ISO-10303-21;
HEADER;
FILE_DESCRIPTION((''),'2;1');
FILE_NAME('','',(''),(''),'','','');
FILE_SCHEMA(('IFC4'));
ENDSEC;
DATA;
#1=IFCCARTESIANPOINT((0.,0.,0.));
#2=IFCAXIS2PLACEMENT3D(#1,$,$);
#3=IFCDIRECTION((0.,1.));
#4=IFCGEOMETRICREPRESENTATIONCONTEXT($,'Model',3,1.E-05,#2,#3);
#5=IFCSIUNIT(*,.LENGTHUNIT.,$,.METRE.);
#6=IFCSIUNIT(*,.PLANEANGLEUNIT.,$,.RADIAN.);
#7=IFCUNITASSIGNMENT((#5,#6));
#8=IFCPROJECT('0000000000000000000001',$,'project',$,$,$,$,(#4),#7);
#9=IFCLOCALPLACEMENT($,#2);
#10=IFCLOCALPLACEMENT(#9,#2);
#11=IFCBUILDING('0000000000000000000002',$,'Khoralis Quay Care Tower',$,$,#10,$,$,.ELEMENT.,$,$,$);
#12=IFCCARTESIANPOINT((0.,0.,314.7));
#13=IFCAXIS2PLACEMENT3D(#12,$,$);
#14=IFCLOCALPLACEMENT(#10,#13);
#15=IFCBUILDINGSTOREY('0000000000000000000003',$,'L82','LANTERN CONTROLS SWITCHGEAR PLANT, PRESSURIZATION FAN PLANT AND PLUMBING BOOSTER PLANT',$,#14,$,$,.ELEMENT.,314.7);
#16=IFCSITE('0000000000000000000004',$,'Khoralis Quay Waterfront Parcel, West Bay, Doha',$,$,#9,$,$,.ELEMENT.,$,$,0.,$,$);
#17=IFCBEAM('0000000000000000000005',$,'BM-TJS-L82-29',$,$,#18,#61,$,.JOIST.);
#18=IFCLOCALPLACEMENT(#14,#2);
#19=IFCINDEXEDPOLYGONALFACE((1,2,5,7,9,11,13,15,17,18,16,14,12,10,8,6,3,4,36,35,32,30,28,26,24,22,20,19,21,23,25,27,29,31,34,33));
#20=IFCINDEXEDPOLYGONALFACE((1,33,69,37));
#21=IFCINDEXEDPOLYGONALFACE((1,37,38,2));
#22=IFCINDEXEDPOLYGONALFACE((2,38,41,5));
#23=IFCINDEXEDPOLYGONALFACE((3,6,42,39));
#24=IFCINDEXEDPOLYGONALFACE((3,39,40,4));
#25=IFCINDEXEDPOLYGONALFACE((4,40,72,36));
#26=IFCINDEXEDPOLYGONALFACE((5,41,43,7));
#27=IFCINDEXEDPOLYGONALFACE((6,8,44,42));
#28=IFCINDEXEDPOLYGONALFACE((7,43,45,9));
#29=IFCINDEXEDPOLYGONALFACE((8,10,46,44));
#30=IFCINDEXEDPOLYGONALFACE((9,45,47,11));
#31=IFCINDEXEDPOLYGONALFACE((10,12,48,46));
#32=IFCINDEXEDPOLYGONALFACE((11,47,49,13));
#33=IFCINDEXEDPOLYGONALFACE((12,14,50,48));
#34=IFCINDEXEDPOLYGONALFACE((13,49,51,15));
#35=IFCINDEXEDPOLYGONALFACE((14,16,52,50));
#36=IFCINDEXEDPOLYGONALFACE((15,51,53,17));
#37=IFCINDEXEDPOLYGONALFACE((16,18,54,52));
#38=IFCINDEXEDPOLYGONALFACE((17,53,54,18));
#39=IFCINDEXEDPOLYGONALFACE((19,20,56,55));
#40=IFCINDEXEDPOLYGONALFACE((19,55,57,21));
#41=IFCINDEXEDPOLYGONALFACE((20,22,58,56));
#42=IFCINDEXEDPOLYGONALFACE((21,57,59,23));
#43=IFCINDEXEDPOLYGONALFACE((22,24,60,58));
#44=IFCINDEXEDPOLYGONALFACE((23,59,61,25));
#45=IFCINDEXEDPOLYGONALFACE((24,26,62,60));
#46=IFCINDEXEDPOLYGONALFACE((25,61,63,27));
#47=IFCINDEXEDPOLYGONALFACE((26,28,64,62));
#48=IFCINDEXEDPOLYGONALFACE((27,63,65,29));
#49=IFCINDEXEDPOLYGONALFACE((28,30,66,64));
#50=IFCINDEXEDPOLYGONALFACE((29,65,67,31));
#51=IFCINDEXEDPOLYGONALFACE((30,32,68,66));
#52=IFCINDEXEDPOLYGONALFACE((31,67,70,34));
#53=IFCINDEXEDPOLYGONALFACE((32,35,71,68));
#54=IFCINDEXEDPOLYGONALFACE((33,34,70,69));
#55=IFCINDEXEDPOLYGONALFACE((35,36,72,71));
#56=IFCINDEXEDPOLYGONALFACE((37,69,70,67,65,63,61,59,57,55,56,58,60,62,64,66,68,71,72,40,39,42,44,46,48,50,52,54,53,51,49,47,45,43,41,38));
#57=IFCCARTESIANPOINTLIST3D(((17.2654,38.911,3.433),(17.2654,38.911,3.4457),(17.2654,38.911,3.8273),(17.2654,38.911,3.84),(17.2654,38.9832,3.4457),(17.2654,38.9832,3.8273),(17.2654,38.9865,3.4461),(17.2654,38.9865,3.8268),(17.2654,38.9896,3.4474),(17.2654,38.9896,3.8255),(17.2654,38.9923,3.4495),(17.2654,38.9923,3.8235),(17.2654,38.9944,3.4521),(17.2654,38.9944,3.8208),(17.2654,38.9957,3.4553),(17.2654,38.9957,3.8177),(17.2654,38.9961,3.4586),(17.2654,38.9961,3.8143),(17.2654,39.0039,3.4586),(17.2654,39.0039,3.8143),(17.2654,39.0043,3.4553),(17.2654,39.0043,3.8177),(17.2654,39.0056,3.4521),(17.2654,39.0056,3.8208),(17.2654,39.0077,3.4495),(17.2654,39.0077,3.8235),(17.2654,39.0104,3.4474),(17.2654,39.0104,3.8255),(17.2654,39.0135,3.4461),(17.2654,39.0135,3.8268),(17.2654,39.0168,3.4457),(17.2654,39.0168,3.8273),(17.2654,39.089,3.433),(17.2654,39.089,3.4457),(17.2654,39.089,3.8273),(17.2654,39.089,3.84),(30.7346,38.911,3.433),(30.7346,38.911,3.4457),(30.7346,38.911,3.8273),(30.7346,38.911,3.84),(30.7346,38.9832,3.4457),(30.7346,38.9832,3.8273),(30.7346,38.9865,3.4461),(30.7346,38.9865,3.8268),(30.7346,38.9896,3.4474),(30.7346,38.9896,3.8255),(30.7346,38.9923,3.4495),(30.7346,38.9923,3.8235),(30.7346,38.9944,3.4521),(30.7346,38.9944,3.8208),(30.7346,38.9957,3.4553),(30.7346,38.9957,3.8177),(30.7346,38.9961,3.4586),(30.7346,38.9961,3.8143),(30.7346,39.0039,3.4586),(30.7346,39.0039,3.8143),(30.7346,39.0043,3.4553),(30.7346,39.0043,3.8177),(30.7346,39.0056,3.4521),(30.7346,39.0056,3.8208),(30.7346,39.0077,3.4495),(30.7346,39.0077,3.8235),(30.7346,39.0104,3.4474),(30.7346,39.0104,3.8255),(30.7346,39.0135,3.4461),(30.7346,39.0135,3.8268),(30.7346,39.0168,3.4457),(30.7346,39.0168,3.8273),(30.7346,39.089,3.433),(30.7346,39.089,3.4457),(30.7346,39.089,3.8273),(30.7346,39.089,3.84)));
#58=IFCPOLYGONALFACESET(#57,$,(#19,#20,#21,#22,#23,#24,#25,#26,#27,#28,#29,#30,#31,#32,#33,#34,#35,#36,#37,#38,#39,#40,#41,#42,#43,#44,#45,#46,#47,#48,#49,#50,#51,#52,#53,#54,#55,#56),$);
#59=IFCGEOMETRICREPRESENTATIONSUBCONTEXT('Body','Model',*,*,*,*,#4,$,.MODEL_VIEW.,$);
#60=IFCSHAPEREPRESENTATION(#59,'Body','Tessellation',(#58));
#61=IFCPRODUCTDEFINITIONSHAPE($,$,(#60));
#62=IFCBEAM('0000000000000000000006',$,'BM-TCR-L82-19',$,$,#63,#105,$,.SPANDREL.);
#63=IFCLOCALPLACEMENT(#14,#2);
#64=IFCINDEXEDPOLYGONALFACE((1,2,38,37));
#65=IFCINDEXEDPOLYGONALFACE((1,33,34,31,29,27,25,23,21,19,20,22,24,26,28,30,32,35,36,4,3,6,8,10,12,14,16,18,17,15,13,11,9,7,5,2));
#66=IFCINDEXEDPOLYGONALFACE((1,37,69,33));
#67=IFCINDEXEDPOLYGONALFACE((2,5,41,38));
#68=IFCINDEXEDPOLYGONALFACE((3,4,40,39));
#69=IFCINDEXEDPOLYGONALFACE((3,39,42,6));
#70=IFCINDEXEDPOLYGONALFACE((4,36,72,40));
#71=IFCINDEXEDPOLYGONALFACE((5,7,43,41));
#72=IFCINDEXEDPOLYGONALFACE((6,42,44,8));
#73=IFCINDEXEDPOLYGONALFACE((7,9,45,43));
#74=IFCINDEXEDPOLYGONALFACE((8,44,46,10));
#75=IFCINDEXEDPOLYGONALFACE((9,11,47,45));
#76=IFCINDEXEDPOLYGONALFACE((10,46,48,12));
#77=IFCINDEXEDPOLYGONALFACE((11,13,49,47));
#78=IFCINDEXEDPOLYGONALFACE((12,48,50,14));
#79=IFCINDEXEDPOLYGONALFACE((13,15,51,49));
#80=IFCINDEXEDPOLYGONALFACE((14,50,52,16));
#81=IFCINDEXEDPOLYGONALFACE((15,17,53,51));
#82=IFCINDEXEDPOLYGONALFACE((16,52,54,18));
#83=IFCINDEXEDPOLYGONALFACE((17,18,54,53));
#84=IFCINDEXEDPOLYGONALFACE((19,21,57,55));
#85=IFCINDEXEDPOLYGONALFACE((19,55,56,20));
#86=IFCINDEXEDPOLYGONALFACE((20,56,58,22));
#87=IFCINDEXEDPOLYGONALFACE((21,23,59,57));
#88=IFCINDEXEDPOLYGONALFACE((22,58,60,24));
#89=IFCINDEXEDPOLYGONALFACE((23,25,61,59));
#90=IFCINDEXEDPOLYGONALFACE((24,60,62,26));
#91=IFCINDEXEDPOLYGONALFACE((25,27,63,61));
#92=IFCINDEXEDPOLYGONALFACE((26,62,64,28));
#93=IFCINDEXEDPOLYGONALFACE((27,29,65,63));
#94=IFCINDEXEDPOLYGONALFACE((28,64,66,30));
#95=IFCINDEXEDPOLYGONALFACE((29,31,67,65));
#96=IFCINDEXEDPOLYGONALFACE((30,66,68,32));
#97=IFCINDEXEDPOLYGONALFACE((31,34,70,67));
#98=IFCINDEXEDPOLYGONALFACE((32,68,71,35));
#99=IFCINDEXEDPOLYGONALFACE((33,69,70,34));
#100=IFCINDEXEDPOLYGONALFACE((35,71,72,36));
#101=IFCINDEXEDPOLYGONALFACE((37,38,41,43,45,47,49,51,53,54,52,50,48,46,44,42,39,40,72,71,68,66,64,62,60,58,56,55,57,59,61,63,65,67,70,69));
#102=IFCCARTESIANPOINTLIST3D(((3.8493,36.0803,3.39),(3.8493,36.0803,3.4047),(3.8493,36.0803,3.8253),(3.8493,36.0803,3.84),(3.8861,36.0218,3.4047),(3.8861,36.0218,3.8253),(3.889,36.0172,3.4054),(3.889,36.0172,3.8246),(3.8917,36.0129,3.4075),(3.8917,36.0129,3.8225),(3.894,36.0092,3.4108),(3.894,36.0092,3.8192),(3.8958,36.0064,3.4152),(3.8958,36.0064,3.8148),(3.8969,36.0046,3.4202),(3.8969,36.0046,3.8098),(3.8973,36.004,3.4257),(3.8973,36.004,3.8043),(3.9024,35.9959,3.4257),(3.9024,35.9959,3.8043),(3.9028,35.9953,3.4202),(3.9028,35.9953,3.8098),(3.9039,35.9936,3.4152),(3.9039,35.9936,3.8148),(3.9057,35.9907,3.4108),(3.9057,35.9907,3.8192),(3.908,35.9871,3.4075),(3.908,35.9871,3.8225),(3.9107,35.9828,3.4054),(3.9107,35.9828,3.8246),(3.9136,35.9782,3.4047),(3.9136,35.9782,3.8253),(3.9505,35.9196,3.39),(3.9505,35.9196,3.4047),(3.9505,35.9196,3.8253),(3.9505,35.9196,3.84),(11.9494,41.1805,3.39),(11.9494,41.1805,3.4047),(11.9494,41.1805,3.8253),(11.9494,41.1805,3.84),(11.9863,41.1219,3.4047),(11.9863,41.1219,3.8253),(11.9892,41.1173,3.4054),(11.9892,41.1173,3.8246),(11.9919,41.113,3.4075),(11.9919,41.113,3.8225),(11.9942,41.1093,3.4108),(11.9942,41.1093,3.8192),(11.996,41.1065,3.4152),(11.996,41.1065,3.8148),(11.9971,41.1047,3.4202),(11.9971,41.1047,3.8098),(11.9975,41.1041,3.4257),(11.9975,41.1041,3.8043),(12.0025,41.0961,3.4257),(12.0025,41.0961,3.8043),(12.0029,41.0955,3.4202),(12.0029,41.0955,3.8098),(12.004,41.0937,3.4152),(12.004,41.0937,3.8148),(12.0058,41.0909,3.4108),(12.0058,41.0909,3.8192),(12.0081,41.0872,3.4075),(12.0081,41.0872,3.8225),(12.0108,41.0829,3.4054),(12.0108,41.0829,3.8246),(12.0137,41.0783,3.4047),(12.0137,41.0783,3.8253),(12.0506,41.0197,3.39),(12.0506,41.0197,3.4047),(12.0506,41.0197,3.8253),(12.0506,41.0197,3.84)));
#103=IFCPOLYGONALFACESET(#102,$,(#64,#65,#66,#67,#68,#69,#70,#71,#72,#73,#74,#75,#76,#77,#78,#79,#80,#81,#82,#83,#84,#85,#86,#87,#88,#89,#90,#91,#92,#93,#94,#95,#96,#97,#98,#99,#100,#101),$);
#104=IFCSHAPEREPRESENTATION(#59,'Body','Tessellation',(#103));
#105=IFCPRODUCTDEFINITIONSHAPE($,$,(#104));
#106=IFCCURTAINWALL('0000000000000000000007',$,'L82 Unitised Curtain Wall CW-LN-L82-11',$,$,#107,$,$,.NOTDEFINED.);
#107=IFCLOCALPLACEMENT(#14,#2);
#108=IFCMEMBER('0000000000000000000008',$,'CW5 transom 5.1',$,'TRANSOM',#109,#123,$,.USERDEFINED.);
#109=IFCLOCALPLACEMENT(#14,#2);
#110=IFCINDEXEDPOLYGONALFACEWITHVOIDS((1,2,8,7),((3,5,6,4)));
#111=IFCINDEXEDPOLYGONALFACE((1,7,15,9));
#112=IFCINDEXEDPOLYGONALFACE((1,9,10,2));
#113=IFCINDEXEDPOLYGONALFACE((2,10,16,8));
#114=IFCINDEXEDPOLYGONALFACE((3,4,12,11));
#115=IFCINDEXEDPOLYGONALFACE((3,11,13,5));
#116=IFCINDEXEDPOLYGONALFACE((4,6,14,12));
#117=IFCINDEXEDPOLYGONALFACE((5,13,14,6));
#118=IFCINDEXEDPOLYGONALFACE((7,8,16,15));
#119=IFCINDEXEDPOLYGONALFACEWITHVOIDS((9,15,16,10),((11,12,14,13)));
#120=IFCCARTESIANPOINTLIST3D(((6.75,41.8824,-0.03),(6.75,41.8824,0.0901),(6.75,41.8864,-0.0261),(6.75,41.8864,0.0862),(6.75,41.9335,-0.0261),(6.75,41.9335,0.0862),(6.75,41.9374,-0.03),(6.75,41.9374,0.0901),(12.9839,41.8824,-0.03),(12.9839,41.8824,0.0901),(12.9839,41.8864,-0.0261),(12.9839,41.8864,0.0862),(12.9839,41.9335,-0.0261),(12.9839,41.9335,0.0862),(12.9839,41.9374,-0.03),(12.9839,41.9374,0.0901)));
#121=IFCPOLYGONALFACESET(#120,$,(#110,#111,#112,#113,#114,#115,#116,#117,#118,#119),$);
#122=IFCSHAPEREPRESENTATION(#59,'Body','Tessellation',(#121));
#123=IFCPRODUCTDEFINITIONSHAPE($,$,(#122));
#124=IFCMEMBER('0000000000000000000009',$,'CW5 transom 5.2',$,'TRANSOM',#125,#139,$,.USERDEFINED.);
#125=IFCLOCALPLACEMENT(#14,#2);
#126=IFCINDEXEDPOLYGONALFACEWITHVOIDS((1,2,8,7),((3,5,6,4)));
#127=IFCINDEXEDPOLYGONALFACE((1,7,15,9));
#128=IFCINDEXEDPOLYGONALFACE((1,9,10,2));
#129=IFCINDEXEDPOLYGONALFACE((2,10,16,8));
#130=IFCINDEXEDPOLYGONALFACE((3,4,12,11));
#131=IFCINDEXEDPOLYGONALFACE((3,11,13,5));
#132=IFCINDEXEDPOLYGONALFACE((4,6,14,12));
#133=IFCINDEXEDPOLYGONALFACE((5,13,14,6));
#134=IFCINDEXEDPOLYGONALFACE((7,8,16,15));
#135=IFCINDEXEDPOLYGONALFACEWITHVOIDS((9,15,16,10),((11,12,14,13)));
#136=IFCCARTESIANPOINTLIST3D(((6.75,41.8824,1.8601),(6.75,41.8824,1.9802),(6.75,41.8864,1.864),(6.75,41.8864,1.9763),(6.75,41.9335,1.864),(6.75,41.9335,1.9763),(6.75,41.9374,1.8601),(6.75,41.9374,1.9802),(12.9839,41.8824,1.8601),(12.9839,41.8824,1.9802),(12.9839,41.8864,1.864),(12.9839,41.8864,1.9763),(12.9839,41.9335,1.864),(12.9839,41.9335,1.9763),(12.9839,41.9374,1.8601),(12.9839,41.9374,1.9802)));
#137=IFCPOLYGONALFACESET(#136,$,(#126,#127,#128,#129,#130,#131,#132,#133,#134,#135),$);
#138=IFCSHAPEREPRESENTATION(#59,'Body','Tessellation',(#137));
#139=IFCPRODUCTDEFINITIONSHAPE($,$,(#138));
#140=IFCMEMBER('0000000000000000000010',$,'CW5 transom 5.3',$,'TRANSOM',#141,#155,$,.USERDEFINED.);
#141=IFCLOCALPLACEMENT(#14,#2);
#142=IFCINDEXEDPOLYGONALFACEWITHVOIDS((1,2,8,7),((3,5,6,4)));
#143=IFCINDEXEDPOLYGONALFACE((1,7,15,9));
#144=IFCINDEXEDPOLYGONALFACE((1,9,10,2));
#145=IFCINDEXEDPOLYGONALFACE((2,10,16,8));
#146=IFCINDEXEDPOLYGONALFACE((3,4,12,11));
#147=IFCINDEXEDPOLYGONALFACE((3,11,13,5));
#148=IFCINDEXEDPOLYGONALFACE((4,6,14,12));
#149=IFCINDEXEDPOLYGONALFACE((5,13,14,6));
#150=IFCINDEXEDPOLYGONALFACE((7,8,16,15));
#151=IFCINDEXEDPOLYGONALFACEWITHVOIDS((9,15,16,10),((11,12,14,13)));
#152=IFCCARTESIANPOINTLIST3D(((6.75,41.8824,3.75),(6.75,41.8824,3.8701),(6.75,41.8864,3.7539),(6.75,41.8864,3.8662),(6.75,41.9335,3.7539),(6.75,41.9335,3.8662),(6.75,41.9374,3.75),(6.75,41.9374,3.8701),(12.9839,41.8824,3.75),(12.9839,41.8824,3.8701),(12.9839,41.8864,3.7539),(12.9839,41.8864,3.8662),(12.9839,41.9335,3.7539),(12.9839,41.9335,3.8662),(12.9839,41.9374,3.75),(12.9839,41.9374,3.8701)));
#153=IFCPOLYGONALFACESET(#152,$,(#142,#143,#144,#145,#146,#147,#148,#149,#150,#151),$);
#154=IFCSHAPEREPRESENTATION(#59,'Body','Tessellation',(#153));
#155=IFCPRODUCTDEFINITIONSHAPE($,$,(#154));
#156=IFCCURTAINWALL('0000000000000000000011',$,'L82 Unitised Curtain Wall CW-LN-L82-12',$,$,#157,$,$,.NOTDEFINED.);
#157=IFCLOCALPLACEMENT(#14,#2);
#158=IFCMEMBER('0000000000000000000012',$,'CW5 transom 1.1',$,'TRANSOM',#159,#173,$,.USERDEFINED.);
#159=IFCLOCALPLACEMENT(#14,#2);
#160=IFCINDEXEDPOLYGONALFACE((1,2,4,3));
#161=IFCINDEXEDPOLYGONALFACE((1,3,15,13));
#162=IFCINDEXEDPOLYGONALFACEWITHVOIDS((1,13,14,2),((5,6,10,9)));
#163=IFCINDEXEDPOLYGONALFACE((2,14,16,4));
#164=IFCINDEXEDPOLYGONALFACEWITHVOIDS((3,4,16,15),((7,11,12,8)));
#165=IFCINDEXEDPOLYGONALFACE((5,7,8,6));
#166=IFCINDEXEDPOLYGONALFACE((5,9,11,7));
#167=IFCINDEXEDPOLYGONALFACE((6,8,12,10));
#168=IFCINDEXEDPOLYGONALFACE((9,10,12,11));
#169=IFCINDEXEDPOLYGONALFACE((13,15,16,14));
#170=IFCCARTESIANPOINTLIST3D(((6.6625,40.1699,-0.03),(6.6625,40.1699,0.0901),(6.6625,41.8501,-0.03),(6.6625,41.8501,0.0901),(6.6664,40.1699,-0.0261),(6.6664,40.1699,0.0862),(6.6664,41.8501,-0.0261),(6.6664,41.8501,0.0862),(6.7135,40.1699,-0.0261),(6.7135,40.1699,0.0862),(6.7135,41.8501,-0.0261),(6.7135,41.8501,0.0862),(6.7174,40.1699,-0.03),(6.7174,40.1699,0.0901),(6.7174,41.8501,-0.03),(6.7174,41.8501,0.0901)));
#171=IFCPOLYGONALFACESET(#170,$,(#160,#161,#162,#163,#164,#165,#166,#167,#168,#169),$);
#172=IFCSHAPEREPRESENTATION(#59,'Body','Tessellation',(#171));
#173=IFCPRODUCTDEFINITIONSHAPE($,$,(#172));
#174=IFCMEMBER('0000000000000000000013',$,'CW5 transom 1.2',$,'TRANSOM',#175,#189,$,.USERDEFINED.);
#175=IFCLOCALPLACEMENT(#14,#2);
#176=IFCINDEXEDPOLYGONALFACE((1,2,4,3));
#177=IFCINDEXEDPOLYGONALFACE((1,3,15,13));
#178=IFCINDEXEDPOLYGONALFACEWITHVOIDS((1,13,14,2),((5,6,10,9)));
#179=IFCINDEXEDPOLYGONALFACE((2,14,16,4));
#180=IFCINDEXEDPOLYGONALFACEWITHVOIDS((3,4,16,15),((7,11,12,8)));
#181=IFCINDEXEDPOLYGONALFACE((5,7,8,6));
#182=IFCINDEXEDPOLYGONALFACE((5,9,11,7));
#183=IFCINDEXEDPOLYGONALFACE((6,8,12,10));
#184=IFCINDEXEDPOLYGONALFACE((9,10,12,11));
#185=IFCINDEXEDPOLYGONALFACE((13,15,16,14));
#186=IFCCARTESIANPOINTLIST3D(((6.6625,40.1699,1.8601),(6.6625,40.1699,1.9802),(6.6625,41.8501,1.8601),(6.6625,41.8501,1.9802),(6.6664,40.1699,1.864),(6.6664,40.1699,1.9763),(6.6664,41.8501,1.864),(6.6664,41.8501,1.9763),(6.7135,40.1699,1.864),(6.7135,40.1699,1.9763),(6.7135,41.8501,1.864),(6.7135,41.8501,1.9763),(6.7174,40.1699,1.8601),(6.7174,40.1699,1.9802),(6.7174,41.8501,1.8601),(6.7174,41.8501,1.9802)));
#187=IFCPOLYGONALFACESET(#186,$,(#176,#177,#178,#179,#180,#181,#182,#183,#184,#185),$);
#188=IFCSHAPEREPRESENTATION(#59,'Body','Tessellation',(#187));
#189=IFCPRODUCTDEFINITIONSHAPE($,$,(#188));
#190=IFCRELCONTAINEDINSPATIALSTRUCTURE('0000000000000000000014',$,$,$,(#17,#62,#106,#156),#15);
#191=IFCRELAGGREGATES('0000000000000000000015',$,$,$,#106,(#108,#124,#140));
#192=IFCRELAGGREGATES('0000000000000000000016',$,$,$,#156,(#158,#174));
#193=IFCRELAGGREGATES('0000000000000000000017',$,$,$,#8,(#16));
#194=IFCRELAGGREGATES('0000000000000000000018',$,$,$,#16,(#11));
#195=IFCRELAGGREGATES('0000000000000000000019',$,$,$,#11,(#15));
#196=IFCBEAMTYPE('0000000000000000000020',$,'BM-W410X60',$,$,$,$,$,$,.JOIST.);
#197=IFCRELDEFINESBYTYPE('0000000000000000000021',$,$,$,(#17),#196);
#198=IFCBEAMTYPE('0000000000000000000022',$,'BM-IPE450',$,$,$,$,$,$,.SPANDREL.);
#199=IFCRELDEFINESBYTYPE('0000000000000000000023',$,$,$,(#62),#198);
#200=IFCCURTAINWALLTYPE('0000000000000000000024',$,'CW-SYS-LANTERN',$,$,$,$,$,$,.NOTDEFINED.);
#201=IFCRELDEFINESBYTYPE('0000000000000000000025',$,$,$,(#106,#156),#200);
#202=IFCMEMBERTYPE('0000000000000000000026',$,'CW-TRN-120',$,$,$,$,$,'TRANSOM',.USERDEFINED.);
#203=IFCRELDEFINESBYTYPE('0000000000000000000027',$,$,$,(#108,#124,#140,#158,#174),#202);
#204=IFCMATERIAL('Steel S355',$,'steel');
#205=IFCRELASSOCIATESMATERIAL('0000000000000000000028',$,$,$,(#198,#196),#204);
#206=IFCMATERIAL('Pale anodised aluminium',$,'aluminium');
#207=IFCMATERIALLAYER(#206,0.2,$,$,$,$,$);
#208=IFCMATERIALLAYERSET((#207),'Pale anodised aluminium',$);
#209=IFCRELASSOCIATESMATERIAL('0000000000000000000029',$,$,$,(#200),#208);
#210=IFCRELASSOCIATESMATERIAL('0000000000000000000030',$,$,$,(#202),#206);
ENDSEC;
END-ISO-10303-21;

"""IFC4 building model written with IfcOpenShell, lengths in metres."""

from ifc_helpers import new_model, si_unit, direction, frame, origin, origin_2d, place, context, subcontext, project, spatial, hollow_rectangle, i_section, extrude, source, transform, mapped, material, layer, layer_set, material_profile, profile_set, type_object, element, aggregate, save


model = new_model("IFC4")

# Units and contexts
model_context = context("Model", 3, precision=1e-05, world=origin(), true_north=direction((0.0, 1.0)))
body_context = subcontext(model_context, "Body", "Model", "MODEL_VIEW")
ifc_project = project(units=[si_unit("LENGTHUNIT", "METRE"), si_unit("PLANEANGLEUNIT", "RADIAN")], contexts=[model_context])

# Site, building, storey
site_placement = place(None, origin())
site = spatial("IfcSite", under=ifc_project, at=site_placement, Name="Khoralis Quay Waterfront Parcel, West Bay, Doha", CompositionType="ELEMENT", RefElevation=0.0)
building_placement = place(site_placement, origin())
building = spatial("IfcBuilding", under=site, at=building_placement, Name="Khoralis Quay Care Tower", CompositionType="ELEMENT")
storey_placement = place(building_placement, frame((0.0, 0.0, 314.7)))
storey = spatial("IfcBuildingStorey", under=building, at=storey_placement, Name="L82", Description="LANTERN CONTROLS SWITCHGEAR PLANT, PRESSURIZATION FAN PLANT AND PLUMBING BOOSTER PLANT", CompositionType="ELEMENT", Elevation=314.7)

# Shared definitions
ifc_material_1 = material(Name="Steel S355", Category="steel")

# Beams
ifc_material_profile_1 = material_profile(ifc_material_1, i_section(OverallWidth=0.1899, OverallDepth=0.45, WebThickness=0.0095, FlangeThickness=0.0146, FilletRadius=0.021, at=origin_2d()), Name="Steel S355")
ifc_profile_set_1 = profile_set([ifc_material_profile_1], Name="Steel S355")
beam_type_1 = type_object("IfcBeamType", Name="BM-IPE450", PredefinedType="SPANDREL", material=ifc_profile_set_1)
ifc_material_profile_2 = material_profile(ifc_material_1, i_section(OverallWidth=0.178, OverallDepth=0.407, WebThickness=0.0078, FlangeThickness=0.0127, FilletRadius=0.0129, at=origin_2d()), Name="Steel S355")
ifc_profile_set_2 = profile_set([ifc_material_profile_2], Name="Steel S355")
beam_type_2 = type_object("IfcBeamType", Name="BM-W410X60", PredefinedType="JOIST", material=ifc_profile_set_2)
shared_shape_1 = source(origin(), body_context, "Body", "SweptSolid", [
    extrude(i_section(OverallWidth=0.178, OverallDepth=0.407, WebThickness=0.0078, FlangeThickness=0.0127, FilletRadius=0.0129, at=origin_2d()), origin(), (0.0, 0.0, 1.0), 13.4692),
])
beam_1_placement = place(storey_placement, frame((17.2654, 39.0, 3.6365), z_axis=(1.0, 0.0, 0.0), x_axis=(0.0, 1.0, 0.0)))
element("IfcBeam", 1, at=beam_1_placement, inside=storey, type_object=beam_type_2, Name="BM-TJS-L82-29", PredefinedType="JOIST", context=body_context, shape_type="MappedRepresentation", body=[
    mapped(shared_shape_1, transform((0.0, 0.0, 0.0), scale=1.0)),
])
shared_shape_2 = source(origin(), body_context, "Body", "SweptSolid", [
    extrude(i_section(OverallWidth=0.1899, OverallDepth=0.45, WebThickness=0.0095, FlangeThickness=0.0146, FilletRadius=0.021, at=origin_2d()), origin(), (0.0, 0.0, 1.0), 9.572),
])
beam_2_placement = place(storey_placement, frame((12.0, 41.1001, 3.615), z_axis=(-0.846231, -0.532816, 0.0), x_axis=(0.532816, -0.846231, 0.0)))
element("IfcBeam", 2, at=beam_2_placement, inside=storey, type_object=beam_type_1, Name="BM-TCR-L82-19", PredefinedType="SPANDREL", context=body_context, shape_type="MappedRepresentation", body=[
    mapped(shared_shape_2, transform((0.0, 0.0, 0.0), scale=1.0)),
])

# Curtain walls, members
ifc_material_2 = material(Name="Pale anodised aluminium", Category="aluminium")
ifc_layer_1 = layer(ifc_material_2, 0.2)
ifc_layer_set_1 = layer_set([ifc_layer_1], Name="Pale anodised aluminium")
curtain_wall_type = type_object("IfcCurtainWallType", Name="CW-SYS-LANTERN", PredefinedType="NOTDEFINED", material=ifc_layer_set_1)
curtain_wall_1_placement = place(storey_placement, origin())
curtain_wall_1 = element("IfcCurtainWall", 3, at=curtain_wall_1_placement, inside=storey, type_object=curtain_wall_type, Name="L82 Unitised Curtain Wall CW-LN-L82-11", PredefinedType="NOTDEFINED")
ifc_material_profile_3 = material_profile(ifc_material_2, hollow_rectangle(XDim=0.0549, YDim=0.1201, WallThickness=0.0039, at=origin_2d()), Name="Pale anodised aluminium")
ifc_profile_set_3 = profile_set([ifc_material_profile_3], Name="Pale anodised aluminium")
member_type_1 = type_object("IfcMemberType", Name="CW-TRN-120", ElementType="TRANSOM", PredefinedType="USERDEFINED", material=ifc_profile_set_3)
shared_shape_3 = source(origin(), body_context, "Body", "SweptSolid", [
    extrude(hollow_rectangle(XDim=0.0549, YDim=0.1201, WallThickness=0.0039, at=origin_2d()), origin(), (0.0, 0.0, 1.0), 6.2339),
])
member_1_placement = place(storey_placement, frame((12.9839, 41.9099, 0.03), z_axis=(-1.0, 0.0, 0.0), x_axis=(0.0, -1.0, 0.0)))
member_1 = element("IfcMember", 4, at=member_1_placement, type_object=member_type_1, Name="CW5 transom 5.1", ObjectType="TRANSOM", PredefinedType="USERDEFINED", context=body_context, shape_type="MappedRepresentation", body=[
    mapped(shared_shape_3, transform((0.0, 0.0, 0.0), scale=1.0)),
])
member_2_placement = place(storey_placement, frame((12.9839, 41.9099, 1.9202), z_axis=(-1.0, 0.0, 0.0), x_axis=(0.0, -1.0, 0.0)))
member_2 = element("IfcMember", 5, at=member_2_placement, type_object=member_type_1, Name="CW5 transom 5.2", ObjectType="TRANSOM", PredefinedType="USERDEFINED", context=body_context, shape_type="MappedRepresentation", body=[
    mapped(shared_shape_3, transform((0.0, 0.0, 0.0), scale=1.0)),
])
member_3_placement = place(storey_placement, frame((12.9839, 41.9099, 3.8101), z_axis=(-1.0, 0.0, 0.0), x_axis=(0.0, -1.0, 0.0)))
member_3 = element("IfcMember", 6, at=member_3_placement, type_object=member_type_1, Name="CW5 transom 5.3", ObjectType="TRANSOM", PredefinedType="USERDEFINED", context=body_context, shape_type="MappedRepresentation", body=[
    mapped(shared_shape_3, transform((0.0, 0.0, 0.0), scale=1.0)),
])
curtain_wall_2_placement = place(storey_placement, origin())
curtain_wall_2 = element("IfcCurtainWall", 7, at=curtain_wall_2_placement, inside=storey, type_object=curtain_wall_type, Name="L82 Unitised Curtain Wall CW-LN-L82-12", PredefinedType="NOTDEFINED")
shared_shape_4 = source(origin(), body_context, "Body", "SweptSolid", [
    extrude(hollow_rectangle(XDim=0.0549, YDim=0.1201, WallThickness=0.0039, at=origin_2d()), origin(), (0.0, 0.0, 1.0), 1.6802),
])
member_4_placement = place(storey_placement, frame((6.6899, 41.8501, 0.03), z_axis=(0.0, -1.0, 0.0), x_axis=(1.0, 0.0, 0.0)))
member_4 = element("IfcMember", 8, at=member_4_placement, type_object=member_type_1, Name="CW5 transom 1.1", ObjectType="TRANSOM", PredefinedType="USERDEFINED", context=body_context, shape_type="MappedRepresentation", body=[
    mapped(shared_shape_4, transform((0.0, 0.0, 0.0), scale=1.0)),
])
member_5_placement = place(storey_placement, frame((6.6899, 41.8501, 1.9202), z_axis=(0.0, -1.0, 0.0), x_axis=(1.0, 0.0, 0.0)))
member_5 = element("IfcMember", 9, at=member_5_placement, type_object=member_type_1, Name="CW5 transom 1.2", ObjectType="TRANSOM", PredefinedType="USERDEFINED", context=body_context, shape_type="MappedRepresentation", body=[
    mapped(shared_shape_4, transform((0.0, 0.0, 0.0), scale=1.0)),
])

aggregate(curtain_wall_1, [member_1, member_2, member_3])
aggregate(curtain_wall_2, [member_4, member_5])

save(model, "model.ifc")
